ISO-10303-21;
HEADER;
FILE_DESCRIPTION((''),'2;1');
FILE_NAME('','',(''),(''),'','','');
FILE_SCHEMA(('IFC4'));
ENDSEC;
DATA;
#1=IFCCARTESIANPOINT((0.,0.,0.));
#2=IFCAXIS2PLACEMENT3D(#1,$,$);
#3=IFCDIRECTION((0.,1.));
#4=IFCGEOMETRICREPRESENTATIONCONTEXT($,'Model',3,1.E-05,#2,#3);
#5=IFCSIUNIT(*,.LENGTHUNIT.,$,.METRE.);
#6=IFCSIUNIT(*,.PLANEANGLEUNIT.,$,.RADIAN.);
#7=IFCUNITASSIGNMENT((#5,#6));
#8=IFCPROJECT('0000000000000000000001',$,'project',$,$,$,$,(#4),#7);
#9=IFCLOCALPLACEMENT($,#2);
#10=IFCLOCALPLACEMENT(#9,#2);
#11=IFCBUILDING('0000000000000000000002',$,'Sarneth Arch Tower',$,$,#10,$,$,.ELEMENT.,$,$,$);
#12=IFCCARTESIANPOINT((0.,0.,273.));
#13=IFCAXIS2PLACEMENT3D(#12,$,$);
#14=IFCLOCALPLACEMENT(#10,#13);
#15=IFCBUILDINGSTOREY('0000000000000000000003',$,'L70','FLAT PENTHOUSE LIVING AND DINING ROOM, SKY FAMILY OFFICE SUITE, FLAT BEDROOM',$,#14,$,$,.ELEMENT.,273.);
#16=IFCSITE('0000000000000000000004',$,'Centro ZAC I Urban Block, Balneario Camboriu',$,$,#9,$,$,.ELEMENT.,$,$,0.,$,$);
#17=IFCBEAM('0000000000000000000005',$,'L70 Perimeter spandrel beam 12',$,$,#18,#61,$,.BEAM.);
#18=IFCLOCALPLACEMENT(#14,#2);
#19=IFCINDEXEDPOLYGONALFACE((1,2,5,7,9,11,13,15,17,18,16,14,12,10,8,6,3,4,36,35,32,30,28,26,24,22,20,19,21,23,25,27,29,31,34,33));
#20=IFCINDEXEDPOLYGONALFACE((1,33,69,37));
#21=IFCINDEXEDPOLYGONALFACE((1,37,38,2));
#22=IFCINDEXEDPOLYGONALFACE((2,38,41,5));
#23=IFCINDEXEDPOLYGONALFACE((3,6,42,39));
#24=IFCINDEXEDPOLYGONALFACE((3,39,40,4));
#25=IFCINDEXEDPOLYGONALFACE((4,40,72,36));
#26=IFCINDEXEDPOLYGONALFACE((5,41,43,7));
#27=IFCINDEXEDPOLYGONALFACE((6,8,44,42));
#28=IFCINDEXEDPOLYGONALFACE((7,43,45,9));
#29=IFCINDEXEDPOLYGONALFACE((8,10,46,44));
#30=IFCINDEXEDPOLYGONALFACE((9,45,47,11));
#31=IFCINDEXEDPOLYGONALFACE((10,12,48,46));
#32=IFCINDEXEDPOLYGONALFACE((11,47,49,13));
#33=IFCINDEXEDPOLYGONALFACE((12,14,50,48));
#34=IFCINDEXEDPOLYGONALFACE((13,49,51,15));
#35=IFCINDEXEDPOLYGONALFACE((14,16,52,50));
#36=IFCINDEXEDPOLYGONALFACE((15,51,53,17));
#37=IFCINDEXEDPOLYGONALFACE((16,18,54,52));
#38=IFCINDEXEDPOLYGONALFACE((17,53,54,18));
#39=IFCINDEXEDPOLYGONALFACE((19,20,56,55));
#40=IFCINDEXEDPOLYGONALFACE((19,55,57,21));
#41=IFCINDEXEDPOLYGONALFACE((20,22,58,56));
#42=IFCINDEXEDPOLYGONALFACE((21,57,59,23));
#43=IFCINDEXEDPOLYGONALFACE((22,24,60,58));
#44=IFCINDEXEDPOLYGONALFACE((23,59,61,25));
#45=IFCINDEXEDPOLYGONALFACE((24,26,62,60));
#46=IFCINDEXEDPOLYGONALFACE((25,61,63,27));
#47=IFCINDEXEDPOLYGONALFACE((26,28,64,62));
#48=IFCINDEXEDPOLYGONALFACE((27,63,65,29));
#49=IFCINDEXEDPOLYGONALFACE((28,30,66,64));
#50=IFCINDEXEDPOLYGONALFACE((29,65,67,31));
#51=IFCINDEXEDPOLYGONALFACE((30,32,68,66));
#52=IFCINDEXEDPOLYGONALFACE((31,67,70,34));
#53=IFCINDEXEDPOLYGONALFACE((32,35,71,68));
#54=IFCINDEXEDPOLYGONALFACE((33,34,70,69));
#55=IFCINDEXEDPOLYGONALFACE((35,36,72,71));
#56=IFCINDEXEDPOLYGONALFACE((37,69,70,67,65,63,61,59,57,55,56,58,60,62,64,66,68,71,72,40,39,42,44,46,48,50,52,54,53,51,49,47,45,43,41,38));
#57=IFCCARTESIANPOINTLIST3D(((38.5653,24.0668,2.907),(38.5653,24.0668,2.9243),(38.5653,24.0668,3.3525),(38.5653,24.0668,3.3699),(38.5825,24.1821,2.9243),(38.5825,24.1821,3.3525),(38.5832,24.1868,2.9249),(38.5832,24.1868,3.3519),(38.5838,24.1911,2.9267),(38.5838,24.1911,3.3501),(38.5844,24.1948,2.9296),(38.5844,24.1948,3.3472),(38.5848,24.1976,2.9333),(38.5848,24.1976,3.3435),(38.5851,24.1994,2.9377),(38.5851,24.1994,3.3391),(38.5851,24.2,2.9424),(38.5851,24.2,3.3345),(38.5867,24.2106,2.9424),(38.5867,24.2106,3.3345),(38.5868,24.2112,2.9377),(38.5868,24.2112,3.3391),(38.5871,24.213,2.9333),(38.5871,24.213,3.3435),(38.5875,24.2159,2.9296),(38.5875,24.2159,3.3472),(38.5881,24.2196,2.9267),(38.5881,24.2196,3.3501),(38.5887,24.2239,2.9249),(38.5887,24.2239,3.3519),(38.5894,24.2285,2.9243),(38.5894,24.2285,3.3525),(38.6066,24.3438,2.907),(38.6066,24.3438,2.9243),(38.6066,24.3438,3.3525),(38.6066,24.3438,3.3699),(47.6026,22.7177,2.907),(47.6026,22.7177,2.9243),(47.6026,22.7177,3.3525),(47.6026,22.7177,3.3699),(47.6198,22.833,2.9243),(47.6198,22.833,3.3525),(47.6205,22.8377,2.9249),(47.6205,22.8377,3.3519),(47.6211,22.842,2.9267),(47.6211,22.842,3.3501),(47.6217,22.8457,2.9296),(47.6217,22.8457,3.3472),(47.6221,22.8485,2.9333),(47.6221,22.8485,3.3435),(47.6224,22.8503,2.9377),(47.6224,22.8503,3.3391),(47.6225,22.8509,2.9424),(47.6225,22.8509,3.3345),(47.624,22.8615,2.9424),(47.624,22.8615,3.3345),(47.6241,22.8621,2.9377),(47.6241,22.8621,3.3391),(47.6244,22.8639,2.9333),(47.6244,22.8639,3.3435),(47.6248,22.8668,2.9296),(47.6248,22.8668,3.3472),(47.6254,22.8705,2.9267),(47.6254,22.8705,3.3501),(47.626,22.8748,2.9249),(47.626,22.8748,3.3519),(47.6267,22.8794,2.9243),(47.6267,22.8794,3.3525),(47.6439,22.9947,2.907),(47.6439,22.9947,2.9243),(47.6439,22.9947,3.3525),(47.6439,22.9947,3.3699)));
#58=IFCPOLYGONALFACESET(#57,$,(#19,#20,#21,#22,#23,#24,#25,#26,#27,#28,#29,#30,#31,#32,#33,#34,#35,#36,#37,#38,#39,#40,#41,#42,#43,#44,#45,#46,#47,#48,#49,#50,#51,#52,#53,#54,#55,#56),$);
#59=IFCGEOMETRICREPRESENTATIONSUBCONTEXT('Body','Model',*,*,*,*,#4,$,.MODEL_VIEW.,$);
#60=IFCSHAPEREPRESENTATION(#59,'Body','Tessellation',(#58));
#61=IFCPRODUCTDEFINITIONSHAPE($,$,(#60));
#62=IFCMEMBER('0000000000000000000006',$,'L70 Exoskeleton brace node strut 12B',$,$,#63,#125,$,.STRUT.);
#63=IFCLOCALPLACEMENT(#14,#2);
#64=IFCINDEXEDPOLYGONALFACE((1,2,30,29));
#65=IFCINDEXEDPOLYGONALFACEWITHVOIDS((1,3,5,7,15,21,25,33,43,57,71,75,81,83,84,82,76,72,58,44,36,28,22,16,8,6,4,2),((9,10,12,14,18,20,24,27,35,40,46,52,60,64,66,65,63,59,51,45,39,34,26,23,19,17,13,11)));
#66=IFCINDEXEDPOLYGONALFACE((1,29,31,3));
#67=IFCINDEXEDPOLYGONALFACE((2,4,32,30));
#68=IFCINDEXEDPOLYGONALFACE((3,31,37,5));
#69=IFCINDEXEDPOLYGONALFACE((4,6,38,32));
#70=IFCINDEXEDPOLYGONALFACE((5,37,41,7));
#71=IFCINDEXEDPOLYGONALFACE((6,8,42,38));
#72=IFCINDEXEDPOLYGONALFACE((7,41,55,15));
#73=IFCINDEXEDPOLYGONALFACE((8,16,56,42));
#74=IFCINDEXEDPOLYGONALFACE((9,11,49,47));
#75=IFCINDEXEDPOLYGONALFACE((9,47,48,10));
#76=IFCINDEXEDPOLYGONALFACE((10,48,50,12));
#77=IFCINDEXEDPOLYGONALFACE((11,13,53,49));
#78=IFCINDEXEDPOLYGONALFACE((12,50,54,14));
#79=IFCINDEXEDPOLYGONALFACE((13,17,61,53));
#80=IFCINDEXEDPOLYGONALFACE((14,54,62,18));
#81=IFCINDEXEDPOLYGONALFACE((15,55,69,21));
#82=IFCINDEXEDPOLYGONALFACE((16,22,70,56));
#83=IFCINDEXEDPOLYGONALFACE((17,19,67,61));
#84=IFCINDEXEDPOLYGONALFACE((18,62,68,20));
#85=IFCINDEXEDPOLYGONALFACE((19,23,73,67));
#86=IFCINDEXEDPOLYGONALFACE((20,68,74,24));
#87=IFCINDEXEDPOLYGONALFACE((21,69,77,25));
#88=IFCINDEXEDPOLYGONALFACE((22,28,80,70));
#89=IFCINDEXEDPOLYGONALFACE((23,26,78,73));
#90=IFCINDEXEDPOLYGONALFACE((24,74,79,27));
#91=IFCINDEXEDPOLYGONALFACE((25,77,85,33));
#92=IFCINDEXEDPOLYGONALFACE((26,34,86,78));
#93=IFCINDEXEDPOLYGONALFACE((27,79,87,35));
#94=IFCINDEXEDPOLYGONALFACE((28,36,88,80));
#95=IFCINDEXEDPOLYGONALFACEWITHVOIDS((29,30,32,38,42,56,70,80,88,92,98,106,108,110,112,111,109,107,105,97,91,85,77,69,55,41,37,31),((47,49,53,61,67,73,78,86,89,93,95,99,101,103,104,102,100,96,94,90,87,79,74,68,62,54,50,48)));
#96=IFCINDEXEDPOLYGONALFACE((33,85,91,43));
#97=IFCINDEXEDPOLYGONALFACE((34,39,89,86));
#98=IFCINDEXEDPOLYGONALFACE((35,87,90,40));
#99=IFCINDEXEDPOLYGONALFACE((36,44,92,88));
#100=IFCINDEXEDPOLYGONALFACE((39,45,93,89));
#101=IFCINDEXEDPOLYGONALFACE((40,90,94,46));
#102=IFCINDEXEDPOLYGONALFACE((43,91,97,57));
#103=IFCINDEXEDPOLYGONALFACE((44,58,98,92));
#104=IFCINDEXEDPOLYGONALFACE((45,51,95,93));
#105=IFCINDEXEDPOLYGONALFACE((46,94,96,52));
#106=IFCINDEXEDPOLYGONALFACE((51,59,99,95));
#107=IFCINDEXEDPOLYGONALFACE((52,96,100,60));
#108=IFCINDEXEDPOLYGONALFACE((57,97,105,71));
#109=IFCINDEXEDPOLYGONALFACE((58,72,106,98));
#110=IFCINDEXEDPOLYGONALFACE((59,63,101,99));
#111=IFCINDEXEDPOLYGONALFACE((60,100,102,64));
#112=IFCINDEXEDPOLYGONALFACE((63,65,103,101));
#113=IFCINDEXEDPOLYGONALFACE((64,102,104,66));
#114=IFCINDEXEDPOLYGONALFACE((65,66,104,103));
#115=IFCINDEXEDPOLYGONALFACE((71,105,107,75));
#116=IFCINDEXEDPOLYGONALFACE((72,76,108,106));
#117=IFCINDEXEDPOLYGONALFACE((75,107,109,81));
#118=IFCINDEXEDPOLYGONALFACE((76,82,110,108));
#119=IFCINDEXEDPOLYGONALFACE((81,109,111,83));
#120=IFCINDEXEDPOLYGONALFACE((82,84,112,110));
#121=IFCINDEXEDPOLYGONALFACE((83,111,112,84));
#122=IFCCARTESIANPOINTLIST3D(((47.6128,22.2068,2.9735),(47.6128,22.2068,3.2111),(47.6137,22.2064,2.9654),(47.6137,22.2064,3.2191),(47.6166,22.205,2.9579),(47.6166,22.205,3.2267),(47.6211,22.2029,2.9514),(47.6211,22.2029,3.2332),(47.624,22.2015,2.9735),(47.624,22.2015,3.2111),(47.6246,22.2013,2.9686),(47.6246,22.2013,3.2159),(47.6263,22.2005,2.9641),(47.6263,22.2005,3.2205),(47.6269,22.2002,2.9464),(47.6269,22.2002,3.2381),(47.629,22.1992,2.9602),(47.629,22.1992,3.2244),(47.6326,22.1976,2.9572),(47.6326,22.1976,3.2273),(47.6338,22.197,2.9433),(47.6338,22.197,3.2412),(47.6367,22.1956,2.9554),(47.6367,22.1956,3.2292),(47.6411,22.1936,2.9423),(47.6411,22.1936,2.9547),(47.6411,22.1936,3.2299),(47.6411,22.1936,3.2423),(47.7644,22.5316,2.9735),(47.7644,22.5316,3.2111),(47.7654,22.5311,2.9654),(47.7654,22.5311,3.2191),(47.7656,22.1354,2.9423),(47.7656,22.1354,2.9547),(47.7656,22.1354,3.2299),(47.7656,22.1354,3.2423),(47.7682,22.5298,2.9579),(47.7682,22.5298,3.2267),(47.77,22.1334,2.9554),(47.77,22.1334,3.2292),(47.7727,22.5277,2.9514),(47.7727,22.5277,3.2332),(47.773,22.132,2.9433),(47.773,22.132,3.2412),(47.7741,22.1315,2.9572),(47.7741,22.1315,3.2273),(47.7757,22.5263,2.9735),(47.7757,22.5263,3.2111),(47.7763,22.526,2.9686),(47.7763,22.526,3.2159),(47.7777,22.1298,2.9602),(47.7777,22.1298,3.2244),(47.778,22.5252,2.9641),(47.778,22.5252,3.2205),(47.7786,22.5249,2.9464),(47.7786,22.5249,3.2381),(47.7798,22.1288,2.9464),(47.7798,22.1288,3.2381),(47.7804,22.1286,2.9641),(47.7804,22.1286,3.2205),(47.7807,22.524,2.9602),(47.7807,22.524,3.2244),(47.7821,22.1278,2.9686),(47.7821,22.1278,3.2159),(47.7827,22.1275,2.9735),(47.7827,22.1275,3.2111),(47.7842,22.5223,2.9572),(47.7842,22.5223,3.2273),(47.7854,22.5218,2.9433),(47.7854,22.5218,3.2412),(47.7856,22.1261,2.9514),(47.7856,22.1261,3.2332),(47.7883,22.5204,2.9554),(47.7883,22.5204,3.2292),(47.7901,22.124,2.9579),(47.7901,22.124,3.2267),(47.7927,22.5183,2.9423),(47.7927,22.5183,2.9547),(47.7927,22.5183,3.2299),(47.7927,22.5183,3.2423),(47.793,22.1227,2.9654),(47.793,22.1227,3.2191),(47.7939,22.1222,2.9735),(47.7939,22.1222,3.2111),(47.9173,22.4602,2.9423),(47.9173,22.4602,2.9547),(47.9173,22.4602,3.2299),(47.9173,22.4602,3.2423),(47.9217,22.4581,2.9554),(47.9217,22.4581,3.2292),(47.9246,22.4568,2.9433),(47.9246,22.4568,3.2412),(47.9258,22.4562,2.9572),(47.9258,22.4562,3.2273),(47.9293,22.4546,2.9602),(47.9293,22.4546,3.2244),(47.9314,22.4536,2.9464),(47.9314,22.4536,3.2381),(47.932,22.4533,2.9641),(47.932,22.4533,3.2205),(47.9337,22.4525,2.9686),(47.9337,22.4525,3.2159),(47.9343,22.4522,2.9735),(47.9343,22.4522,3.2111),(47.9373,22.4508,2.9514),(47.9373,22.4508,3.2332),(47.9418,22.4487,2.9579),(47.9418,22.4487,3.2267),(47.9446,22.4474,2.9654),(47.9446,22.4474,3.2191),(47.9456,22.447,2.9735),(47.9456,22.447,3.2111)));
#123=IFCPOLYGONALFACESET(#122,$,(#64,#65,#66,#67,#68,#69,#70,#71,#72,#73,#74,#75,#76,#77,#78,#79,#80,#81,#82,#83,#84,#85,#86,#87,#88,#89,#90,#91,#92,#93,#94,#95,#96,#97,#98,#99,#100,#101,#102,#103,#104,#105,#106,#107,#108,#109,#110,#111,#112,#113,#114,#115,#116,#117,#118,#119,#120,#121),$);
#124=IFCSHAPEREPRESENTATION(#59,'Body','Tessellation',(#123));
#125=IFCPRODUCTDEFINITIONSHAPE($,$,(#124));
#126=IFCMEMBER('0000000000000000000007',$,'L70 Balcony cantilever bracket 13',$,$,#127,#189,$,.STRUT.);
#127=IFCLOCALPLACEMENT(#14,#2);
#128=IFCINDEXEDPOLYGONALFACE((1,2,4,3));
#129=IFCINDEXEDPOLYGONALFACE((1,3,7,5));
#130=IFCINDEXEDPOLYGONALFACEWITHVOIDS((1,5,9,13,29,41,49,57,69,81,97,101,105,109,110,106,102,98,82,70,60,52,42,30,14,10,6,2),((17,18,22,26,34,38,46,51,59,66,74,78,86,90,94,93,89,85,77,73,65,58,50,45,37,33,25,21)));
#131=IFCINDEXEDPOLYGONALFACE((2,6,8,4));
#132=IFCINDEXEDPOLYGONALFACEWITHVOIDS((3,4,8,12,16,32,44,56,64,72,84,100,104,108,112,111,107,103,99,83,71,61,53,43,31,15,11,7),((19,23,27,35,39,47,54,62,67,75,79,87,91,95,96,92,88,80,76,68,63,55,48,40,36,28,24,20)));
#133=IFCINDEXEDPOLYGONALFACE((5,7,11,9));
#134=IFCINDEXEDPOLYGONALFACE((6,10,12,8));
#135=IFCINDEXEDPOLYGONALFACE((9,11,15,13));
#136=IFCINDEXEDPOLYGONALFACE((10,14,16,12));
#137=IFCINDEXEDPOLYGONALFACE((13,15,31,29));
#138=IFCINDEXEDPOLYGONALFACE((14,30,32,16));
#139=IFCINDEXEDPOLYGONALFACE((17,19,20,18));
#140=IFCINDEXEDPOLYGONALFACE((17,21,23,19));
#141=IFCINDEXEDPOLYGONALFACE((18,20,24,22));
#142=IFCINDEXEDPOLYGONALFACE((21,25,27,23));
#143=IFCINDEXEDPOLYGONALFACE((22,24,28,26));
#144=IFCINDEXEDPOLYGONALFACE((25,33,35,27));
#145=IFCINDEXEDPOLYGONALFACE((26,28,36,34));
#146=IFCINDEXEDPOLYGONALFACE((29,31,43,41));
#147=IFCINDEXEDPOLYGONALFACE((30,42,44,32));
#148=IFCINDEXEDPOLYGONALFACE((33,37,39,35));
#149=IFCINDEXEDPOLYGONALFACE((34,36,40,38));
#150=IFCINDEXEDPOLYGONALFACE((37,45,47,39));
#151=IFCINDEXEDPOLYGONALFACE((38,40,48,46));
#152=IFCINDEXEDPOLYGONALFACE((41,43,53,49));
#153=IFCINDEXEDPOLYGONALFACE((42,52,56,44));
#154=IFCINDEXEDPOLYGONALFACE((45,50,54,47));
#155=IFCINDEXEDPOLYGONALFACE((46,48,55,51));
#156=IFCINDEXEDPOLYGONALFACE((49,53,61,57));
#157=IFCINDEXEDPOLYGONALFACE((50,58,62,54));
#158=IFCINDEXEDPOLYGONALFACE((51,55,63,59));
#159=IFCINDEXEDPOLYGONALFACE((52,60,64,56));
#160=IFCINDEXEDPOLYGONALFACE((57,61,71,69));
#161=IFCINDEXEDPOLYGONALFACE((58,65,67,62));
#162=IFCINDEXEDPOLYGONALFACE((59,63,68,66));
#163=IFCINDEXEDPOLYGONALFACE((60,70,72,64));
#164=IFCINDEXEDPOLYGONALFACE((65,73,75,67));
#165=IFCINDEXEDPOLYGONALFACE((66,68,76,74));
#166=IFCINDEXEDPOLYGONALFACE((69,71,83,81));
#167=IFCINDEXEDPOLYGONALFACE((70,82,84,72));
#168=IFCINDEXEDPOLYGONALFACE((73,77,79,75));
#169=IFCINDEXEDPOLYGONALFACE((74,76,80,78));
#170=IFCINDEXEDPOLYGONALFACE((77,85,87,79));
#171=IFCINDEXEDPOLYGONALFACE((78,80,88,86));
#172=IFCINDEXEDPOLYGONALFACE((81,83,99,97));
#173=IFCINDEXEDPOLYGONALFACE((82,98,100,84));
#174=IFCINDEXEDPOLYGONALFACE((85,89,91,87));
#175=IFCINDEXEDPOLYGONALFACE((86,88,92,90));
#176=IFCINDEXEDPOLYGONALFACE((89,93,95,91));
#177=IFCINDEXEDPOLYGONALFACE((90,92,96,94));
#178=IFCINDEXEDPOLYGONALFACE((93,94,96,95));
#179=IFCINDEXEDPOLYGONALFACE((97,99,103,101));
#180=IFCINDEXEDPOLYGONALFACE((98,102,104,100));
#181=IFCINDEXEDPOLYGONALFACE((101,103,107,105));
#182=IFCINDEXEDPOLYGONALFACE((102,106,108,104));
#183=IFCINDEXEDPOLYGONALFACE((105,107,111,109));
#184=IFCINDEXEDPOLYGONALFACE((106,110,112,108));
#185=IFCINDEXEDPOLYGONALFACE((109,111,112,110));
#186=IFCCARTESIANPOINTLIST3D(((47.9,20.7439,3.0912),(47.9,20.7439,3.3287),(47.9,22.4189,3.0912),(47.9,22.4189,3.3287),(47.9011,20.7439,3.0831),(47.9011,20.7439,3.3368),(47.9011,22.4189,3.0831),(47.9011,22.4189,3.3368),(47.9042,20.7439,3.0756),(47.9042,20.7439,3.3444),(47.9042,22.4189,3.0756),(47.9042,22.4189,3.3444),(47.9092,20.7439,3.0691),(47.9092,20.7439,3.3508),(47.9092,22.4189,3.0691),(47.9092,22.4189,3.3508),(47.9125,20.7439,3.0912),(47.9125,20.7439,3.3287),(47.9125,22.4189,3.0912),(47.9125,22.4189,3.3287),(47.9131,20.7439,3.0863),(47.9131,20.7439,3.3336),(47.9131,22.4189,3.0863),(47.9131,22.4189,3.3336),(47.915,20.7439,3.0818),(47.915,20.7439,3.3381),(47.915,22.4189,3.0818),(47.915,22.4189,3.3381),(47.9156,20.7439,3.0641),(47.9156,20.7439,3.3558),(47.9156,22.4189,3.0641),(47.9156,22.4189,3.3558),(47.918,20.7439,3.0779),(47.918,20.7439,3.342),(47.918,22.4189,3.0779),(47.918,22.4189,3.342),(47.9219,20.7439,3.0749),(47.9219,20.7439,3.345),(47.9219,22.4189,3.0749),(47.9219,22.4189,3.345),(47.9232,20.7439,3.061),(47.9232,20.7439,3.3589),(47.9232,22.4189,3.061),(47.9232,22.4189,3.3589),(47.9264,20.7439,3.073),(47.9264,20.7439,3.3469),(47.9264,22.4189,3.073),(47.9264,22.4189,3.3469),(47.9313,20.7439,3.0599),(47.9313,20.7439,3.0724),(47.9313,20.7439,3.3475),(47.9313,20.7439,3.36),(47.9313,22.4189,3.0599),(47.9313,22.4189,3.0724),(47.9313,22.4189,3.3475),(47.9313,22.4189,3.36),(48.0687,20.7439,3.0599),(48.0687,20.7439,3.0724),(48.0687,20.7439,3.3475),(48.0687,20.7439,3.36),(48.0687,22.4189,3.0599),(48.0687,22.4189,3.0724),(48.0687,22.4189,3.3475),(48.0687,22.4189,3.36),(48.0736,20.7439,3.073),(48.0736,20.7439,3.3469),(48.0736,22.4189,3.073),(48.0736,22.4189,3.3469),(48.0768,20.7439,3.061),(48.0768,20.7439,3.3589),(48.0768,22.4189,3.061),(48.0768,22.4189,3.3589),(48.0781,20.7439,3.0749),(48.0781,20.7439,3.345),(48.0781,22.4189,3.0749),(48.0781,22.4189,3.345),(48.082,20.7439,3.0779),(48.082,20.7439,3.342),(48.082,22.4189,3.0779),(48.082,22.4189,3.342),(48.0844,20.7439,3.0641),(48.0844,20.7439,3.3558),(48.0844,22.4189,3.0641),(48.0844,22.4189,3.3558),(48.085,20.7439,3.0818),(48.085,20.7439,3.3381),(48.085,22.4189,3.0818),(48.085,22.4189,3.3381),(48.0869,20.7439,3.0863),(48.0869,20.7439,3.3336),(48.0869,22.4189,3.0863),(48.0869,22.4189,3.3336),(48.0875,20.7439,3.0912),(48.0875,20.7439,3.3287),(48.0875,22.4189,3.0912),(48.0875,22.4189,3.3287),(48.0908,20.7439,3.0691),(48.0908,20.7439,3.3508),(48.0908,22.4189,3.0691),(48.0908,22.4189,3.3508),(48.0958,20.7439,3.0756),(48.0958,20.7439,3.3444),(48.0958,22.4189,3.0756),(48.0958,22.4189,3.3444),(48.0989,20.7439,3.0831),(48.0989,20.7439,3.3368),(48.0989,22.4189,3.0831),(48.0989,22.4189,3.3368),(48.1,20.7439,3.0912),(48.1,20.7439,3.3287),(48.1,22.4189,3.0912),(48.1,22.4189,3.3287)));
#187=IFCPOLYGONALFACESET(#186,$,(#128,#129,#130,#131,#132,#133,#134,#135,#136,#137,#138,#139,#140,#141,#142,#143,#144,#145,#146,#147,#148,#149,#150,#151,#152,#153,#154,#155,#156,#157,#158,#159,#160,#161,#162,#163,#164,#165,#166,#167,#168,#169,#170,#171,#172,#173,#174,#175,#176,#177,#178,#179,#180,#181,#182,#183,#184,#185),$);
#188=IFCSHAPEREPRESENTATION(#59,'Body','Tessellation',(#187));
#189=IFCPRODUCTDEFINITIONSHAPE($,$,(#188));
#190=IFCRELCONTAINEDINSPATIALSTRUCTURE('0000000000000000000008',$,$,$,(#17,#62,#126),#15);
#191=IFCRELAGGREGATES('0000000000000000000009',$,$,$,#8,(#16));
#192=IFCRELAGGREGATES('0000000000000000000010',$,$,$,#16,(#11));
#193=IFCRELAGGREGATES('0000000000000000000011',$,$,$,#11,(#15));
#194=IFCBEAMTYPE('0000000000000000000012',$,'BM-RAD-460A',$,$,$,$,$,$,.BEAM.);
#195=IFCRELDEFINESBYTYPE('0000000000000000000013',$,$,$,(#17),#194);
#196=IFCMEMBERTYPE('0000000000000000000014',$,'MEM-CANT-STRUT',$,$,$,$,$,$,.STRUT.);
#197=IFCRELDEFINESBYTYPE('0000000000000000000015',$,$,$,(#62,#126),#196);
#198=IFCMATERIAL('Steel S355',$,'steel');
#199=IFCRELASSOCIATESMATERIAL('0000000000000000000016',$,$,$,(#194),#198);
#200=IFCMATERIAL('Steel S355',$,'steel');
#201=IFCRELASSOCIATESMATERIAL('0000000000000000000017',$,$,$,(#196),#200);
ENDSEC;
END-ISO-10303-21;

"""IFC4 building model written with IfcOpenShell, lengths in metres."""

from ifc_helpers import new_model, si_unit, direction, frame, origin, origin_2d, place, context, subcontext, project, spatial, hollow_rectangle, i_section, extrude, material, material_profile, profile_set, type_object, element, save


model = new_model("IFC4")

# Units and contexts
model_context = context("Model", 3, precision=1e-05, world=origin(), true_north=direction((0.0, 1.0)))
body_context = subcontext(model_context, "Body", "Model", "MODEL_VIEW")
ifc_project = project(units=[si_unit("LENGTHUNIT", "METRE"), si_unit("PLANEANGLEUNIT", "RADIAN")], contexts=[model_context])

# Site, building, storey
site_placement = place(None, origin())
site = spatial("IfcSite", under=ifc_project, at=site_placement, Name="Centro ZAC I Urban Block, Balneario Camboriu", CompositionType="ELEMENT", RefElevation=0.0)
building_placement = place(site_placement, origin())
building = spatial("IfcBuilding", under=site, at=building_placement, Name="Sarneth Arch Tower", CompositionType="ELEMENT")
storey_placement = place(building_placement, frame((0.0, 0.0, 273.0)))
storey = spatial("IfcBuildingStorey", under=building, at=storey_placement, Name="L70", Description="FLAT PENTHOUSE LIVING AND DINING ROOM, SKY FAMILY OFFICE SUITE, FLAT BEDROOM", CompositionType="ELEMENT", Elevation=273.0)

# Beam
ifc_material_1 = material(Name="Steel S355", Category="steel")
ifc_material_profile_1 = material_profile(ifc_material_1, i_section(OverallWidth=0.28, OverallDepth=0.4629, WebThickness=0.0107, FlangeThickness=0.0173, FilletRadius=0.0181, at=origin_2d()), Name="W460x113")
ifc_profile_set_1 = profile_set([ifc_material_profile_1], Name="Steel S355")
beam_type_1 = type_object("IfcBeamType", Name="BM-RAD-460A", PredefinedType="BEAM", material=ifc_profile_set_1)
beam_1_placement = place(storey_placement, frame((38.5859, 24.2053, 3.1384), z_axis=(0.98904, -0.147647, 0.0), x_axis=(0.147647, 0.98904, 0.0)))
element("IfcBeam", 1, at=beam_1_placement, inside=storey, type_object=beam_type_1, Name="L70 Perimeter spandrel beam 12", PredefinedType="BEAM", context=body_context, shape_type="SweptSolid", body=[
    extrude(i_section(OverallWidth=0.28, OverallDepth=0.4629, WebThickness=0.0107, FlangeThickness=0.0173, FilletRadius=0.0181, at=origin_2d()), origin(), (0.0, 0.0, 1.0), 9.1375),
])

# Members
ifc_material_2 = material(Name="Steel S355", Category="steel")
ifc_material_profile_2 = material_profile(ifc_material_2, hollow_rectangle(XDim=0.2, YDim=0.3, WallThickness=0.0125, InnerFilletRadius=0.0188, OuterFilletRadius=0.0312, at=origin_2d()), Name="RHS300x200x12.5")
ifc_profile_set_2 = profile_set([ifc_material_profile_2], Name="Steel S355")
member_type_1 = type_object("IfcMemberType", Name="MEM-CANT-STRUT", PredefinedType="STRUT", material=ifc_profile_set_2)
member_1_placement = place(storey_placement, frame((47.855, 22.4893, 3.0923), z_axis=(-0.423072, -0.906096, 0.0), x_axis=(0.906096, -0.423072, 0.0)))
element("IfcMember", 2, at=member_1_placement, inside=storey, type_object=member_type_1, Name="L70 Exoskeleton brace node strut 12B", PredefinedType="STRUT", context=body_context, shape_type="SweptSolid", body=[
    extrude(hollow_rectangle(XDim=0.2, YDim=0.3, WallThickness=0.0125, InnerFilletRadius=0.0188, OuterFilletRadius=0.0312, at=origin_2d()), origin(), (0.0, 0.0, 1.0), 0.3584),
])
member_2_placement = place(storey_placement, frame((48.0, 22.4189, 3.21), z_axis=(0.0, -1.0, 0.0), x_axis=(1.0, 0.0, 0.0)))
element("IfcMember", 3, at=member_2_placement, inside=storey, type_object=member_type_1, Name="L70 Balcony cantilever bracket 13", PredefinedType="STRUT", context=body_context, shape_type="SweptSolid", body=[
    extrude(hollow_rectangle(XDim=0.2, YDim=0.3, WallThickness=0.0125, InnerFilletRadius=0.0188, OuterFilletRadius=0.0312, at=origin_2d()), origin(), (0.0, 0.0, 1.0), 1.675),
])

save(model, "model.ifc")
